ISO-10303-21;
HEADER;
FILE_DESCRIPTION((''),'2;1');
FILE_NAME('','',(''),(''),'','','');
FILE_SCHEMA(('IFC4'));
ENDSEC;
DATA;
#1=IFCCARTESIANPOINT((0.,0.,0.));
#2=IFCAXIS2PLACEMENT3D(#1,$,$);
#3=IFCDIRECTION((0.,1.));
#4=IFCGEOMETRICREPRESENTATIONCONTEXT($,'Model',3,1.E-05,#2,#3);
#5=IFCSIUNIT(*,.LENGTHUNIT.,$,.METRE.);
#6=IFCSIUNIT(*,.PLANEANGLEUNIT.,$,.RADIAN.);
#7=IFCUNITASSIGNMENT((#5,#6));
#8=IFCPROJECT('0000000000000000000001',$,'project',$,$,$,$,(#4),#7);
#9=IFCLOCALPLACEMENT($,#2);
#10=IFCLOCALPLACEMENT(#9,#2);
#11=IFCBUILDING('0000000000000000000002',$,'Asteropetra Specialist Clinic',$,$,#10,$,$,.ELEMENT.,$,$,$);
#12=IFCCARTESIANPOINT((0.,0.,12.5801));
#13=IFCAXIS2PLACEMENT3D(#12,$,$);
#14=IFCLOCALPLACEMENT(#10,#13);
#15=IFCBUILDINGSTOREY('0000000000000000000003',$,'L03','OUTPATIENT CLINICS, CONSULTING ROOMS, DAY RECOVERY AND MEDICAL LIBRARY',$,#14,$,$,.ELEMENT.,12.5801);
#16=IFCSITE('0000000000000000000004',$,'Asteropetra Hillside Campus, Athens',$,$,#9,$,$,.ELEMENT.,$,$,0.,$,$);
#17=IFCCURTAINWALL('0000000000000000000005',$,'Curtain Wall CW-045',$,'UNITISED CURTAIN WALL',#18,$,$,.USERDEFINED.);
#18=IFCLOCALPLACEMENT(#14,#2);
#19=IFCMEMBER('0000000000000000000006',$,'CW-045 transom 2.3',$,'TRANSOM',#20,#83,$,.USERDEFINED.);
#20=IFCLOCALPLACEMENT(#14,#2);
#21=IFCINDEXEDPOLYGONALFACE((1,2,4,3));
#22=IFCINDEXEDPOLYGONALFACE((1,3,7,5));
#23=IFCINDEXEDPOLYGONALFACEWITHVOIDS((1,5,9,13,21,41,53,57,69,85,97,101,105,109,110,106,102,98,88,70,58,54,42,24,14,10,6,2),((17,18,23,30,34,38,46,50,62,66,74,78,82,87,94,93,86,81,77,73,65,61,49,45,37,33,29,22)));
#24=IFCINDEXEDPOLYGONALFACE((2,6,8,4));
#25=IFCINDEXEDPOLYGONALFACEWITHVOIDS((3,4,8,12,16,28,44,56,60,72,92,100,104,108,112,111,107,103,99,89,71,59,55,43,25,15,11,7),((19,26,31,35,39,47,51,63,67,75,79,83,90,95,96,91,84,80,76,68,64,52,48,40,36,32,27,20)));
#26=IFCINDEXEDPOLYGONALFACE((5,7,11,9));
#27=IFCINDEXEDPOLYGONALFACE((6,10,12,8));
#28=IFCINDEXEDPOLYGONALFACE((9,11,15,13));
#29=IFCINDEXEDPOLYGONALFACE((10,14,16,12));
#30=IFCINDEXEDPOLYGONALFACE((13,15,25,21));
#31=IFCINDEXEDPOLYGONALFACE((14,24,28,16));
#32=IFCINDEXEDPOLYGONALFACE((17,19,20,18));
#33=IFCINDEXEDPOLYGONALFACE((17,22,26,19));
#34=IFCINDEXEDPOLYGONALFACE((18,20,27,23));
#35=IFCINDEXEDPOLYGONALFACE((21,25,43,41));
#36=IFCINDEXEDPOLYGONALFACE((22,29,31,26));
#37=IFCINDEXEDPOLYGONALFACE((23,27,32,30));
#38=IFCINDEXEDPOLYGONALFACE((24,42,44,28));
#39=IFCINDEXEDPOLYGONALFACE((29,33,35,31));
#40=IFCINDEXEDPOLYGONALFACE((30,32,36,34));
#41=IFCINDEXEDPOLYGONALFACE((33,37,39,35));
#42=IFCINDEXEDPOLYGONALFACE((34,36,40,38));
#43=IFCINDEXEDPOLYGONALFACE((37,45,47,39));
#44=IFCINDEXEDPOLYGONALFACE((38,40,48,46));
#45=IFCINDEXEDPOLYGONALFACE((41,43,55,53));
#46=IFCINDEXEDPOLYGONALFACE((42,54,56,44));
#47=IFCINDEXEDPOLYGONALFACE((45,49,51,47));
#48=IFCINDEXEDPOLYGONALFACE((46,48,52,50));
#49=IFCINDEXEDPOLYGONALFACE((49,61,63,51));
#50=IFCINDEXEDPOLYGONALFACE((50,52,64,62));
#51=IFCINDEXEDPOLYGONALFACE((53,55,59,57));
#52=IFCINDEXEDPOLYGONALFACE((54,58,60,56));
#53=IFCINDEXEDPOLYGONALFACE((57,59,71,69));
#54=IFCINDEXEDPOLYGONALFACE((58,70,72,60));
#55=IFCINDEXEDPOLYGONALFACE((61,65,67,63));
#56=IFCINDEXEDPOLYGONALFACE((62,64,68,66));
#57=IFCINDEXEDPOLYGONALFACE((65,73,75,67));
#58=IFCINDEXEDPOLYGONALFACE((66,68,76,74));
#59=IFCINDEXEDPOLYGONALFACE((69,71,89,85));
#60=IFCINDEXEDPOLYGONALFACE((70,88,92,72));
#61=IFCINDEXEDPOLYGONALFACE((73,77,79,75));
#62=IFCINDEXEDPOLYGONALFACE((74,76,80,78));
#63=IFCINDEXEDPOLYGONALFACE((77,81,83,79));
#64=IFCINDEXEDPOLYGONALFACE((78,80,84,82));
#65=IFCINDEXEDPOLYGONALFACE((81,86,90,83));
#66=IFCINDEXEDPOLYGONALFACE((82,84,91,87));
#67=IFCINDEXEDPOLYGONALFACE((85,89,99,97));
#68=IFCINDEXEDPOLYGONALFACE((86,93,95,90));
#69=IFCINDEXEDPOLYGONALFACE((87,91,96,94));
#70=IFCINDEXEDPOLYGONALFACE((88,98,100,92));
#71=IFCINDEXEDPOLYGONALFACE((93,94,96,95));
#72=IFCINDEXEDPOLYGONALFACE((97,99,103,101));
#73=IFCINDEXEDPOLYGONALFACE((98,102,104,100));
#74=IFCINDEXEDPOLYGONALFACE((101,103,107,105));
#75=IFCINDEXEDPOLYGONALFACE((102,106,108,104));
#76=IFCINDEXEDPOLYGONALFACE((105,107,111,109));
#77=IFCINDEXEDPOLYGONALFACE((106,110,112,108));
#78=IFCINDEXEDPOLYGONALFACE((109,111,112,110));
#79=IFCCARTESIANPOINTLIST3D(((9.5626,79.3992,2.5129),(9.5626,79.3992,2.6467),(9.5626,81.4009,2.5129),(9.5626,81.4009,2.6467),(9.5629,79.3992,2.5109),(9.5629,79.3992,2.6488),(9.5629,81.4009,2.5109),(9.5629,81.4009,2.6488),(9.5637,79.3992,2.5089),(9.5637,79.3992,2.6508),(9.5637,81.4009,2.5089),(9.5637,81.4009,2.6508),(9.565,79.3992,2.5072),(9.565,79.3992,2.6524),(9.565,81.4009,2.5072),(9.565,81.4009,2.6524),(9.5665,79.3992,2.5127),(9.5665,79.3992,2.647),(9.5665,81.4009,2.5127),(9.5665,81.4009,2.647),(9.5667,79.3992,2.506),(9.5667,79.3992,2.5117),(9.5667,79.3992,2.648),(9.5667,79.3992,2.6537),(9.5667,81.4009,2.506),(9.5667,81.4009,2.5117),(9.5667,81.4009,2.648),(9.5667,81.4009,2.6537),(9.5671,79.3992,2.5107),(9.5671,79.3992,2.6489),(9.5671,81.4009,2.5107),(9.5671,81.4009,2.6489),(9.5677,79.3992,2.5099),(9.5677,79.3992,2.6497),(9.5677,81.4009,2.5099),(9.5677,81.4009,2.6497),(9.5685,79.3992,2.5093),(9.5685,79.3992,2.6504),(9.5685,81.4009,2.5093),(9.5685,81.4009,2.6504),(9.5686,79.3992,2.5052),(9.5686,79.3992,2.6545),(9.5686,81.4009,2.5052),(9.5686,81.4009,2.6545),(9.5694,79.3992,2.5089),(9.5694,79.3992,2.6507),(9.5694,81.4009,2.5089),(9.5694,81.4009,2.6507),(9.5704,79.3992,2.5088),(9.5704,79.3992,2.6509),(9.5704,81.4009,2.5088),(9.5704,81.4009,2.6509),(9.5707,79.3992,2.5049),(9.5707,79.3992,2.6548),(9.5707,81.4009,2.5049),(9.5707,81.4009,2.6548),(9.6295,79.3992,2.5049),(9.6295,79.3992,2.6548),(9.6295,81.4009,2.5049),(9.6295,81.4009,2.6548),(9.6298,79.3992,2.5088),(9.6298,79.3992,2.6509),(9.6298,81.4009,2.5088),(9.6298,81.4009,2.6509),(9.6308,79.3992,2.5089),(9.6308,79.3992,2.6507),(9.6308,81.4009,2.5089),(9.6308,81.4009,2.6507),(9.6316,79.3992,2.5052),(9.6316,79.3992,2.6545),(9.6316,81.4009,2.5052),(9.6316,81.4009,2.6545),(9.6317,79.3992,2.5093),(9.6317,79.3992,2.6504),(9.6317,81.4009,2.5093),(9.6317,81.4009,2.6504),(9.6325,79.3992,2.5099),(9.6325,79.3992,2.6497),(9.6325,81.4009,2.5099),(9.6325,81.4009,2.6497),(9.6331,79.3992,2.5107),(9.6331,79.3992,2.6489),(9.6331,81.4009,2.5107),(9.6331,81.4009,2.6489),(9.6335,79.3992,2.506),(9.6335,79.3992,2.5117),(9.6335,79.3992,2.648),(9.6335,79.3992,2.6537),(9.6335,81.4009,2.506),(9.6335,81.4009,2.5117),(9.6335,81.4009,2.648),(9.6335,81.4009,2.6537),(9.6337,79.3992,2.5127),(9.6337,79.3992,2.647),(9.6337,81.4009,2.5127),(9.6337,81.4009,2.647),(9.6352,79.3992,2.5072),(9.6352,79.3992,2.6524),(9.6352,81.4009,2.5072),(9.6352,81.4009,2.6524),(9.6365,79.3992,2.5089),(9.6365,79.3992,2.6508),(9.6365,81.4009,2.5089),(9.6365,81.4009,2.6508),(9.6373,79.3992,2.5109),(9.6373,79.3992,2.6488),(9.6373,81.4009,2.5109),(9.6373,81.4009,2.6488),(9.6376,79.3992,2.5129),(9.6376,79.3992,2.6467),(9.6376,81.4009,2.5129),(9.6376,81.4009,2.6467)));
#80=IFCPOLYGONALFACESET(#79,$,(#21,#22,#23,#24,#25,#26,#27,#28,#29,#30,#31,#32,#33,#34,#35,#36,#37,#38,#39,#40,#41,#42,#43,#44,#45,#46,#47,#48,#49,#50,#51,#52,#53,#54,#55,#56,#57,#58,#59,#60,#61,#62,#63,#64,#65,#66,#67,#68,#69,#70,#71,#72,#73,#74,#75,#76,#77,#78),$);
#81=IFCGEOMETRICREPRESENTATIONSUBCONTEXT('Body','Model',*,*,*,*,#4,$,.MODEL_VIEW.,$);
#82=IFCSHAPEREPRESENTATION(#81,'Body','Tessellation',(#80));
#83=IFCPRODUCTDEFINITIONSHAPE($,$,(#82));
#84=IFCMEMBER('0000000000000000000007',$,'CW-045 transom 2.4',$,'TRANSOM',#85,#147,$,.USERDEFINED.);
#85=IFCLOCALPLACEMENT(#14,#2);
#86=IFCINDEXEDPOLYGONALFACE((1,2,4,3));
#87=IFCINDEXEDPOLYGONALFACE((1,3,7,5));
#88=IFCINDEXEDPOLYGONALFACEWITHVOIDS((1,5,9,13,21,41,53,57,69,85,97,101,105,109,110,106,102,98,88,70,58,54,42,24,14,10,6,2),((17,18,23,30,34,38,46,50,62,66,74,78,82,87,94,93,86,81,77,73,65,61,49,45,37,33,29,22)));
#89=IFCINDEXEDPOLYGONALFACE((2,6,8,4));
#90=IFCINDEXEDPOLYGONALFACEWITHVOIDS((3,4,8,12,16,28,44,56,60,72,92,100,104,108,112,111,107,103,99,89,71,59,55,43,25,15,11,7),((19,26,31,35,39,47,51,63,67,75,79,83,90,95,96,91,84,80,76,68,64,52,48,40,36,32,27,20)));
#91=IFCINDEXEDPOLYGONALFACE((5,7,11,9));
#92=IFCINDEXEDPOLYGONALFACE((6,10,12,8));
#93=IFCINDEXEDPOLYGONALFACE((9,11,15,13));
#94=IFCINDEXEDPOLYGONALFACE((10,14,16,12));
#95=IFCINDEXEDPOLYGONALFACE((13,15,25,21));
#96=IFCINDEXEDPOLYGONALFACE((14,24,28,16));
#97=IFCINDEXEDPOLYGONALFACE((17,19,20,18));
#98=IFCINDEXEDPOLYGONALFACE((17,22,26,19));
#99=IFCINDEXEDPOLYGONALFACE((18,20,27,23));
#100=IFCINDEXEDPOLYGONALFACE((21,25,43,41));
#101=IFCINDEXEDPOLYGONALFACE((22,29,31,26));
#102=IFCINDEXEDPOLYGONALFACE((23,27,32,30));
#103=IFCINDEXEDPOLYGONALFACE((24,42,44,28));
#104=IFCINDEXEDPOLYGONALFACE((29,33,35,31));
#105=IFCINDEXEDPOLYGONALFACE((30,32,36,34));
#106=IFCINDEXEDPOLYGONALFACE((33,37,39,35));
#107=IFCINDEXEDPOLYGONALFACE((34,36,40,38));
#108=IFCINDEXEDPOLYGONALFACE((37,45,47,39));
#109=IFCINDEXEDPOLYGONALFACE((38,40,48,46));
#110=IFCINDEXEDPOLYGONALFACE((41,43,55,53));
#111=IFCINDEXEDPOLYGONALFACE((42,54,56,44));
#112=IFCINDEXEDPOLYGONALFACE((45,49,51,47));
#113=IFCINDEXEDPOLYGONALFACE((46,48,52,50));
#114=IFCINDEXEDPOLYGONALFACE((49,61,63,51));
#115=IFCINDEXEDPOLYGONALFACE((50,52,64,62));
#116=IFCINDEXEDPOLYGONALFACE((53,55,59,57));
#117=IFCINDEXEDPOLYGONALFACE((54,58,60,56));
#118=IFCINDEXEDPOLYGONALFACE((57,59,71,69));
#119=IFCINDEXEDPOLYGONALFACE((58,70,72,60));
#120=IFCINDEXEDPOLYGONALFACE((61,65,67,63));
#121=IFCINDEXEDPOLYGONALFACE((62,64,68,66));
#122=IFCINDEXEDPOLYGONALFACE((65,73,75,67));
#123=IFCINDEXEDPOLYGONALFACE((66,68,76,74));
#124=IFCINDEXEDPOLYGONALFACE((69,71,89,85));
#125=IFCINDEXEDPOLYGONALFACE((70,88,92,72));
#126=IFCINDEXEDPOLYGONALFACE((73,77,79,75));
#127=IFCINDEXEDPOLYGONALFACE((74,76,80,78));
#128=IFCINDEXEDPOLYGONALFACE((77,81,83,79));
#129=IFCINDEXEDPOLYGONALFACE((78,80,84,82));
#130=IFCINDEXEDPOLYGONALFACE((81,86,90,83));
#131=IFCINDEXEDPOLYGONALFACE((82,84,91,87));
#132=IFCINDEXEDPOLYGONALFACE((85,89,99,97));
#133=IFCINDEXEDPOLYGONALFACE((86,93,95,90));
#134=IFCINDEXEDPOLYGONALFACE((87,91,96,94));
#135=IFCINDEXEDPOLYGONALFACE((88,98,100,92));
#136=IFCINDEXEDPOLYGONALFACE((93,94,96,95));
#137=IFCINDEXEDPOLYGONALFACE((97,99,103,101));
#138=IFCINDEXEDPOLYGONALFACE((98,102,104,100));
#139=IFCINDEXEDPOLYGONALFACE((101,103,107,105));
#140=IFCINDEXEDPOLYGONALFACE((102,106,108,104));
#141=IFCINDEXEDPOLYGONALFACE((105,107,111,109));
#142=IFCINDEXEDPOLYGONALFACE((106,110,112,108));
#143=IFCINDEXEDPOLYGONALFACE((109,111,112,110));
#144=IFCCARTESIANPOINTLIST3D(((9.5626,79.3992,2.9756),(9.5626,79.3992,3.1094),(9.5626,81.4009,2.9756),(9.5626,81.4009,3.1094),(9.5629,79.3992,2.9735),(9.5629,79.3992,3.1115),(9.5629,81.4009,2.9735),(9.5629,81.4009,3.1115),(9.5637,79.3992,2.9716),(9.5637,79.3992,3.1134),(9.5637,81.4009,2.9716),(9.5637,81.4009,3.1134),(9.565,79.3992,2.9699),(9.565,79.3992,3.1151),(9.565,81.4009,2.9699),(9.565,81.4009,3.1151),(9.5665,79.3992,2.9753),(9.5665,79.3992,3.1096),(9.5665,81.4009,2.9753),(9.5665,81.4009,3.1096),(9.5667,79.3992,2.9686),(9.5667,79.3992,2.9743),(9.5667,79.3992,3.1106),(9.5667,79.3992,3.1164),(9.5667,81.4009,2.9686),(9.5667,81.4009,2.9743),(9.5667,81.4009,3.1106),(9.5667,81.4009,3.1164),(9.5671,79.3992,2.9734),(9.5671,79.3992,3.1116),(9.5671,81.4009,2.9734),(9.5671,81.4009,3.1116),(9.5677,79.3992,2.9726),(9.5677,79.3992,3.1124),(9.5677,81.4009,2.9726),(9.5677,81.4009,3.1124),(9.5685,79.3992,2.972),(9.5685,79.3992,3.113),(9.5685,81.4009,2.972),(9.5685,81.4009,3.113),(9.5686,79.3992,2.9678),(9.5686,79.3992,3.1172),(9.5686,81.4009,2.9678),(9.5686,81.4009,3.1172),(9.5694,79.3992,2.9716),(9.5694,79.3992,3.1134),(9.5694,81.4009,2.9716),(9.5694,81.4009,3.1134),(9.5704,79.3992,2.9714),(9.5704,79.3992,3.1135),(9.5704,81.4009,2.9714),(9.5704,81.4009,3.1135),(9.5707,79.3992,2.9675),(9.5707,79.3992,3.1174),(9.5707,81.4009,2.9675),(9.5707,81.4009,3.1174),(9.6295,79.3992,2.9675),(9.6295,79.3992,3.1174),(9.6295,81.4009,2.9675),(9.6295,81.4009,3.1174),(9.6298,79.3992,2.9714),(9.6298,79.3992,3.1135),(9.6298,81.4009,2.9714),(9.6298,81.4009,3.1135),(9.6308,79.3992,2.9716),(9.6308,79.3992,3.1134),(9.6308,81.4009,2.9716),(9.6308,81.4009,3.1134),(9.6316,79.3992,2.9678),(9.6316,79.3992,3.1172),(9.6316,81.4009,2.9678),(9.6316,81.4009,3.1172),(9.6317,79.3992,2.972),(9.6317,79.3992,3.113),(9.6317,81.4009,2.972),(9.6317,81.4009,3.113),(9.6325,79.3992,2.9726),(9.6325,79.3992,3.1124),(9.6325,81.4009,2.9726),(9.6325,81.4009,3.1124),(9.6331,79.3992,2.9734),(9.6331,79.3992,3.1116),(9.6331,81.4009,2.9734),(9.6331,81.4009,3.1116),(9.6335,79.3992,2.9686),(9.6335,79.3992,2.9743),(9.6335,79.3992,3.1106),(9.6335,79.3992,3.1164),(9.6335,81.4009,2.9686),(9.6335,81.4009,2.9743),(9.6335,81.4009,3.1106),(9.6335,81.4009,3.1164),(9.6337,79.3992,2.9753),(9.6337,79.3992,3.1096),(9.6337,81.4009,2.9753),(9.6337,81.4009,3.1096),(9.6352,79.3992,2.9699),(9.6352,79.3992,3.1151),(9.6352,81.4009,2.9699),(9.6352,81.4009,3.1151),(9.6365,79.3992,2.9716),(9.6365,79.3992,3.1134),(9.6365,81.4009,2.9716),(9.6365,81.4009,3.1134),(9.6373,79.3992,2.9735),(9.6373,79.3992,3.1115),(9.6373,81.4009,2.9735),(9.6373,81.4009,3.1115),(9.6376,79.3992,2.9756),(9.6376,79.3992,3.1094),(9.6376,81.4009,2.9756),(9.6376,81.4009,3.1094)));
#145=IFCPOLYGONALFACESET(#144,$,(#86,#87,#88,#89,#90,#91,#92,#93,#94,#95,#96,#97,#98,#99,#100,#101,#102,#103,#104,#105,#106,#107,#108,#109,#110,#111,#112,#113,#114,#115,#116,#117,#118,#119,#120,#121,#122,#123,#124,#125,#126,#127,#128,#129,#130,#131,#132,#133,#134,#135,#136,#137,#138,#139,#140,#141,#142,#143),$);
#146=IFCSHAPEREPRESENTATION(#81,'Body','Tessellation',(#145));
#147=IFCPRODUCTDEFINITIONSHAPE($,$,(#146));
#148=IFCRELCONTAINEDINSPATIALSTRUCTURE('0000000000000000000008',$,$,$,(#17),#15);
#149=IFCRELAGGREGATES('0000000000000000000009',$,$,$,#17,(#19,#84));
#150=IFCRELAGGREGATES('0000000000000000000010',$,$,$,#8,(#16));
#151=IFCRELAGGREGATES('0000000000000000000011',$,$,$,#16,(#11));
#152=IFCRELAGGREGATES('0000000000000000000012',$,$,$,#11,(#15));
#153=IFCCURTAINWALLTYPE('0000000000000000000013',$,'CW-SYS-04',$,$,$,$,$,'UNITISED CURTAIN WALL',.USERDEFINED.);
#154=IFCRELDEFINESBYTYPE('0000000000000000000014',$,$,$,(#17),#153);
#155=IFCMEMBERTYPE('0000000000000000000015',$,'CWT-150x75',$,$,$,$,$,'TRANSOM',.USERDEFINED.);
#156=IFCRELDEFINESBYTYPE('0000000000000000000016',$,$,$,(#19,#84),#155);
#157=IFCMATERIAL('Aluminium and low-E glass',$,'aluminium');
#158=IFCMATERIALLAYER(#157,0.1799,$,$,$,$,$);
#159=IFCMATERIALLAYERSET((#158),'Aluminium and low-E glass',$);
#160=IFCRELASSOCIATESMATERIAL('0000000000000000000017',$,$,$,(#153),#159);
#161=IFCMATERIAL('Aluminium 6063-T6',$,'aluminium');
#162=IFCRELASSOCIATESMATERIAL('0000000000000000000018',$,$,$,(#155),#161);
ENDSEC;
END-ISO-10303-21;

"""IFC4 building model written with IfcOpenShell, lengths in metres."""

from ifc_helpers import new_model, si_unit, direction, frame, origin, origin_2d, place, context, subcontext, project, spatial, hollow_rectangle, extrude, material, layer, layer_set, material_profile, profile_set, type_object, element, aggregate, save


model = new_model("IFC4")

# Units and contexts
model_context = context("Model", 3, precision=1e-05, world=origin(), true_north=direction((0.0, 1.0)))
body_context = subcontext(model_context, "Body", "Model", "MODEL_VIEW")
ifc_project = project(units=[si_unit("LENGTHUNIT", "METRE"), si_unit("PLANEANGLEUNIT", "RADIAN")], contexts=[model_context])

# Site, building, storey
site_placement = place(None, origin())
site = spatial("IfcSite", under=ifc_project, at=site_placement, Name="Asteropetra Hillside Campus, Athens", CompositionType="ELEMENT", RefElevation=0.0)
building_placement = place(site_placement, origin())
building = spatial("IfcBuilding", under=site, at=building_placement, Name="Asteropetra Specialist Clinic", CompositionType="ELEMENT")
storey_placement = place(building_placement, frame((0.0, 0.0, 12.5801)))
storey = spatial("IfcBuildingStorey", under=building, at=storey_placement, Name="L03", Description="OUTPATIENT CLINICS, CONSULTING ROOMS, DAY RECOVERY AND MEDICAL LIBRARY", CompositionType="ELEMENT", Elevation=12.5801)

# Curtain wall, members
ifc_material_1 = material(Name="Aluminium and low-E glass", Category="aluminium")
ifc_layer_1 = layer(ifc_material_1, 0.1799)
ifc_layer_set_1 = layer_set([ifc_layer_1], Name="Aluminium and low-E glass")
curtain_wall_type = type_object("IfcCurtainWallType", Name="CW-SYS-04", ElementType="UNITISED CURTAIN WALL", PredefinedType="USERDEFINED", material=ifc_layer_set_1)
curtain_wall_placement = place(storey_placement, origin())
curtain_wall = element("IfcCurtainWall", 1, at=curtain_wall_placement, inside=storey, type_object=curtain_wall_type, Name="Curtain Wall CW-045", ObjectType="UNITISED CURTAIN WALL", PredefinedType="USERDEFINED")
ifc_material_2 = material(Name="Aluminium 6063-T6", Category="aluminium")
ifc_material_profile_1 = material_profile(ifc_material_2, hollow_rectangle(XDim=0.075, YDim=0.1499, WallThickness=0.0039, InnerFilletRadius=0.0039, OuterFilletRadius=0.0081, at=origin_2d()), Name="TRN 150x75x4.0")
ifc_profile_set_1 = profile_set([ifc_material_profile_1], Name="Aluminium 6063-T6")
member_type_1 = type_object("IfcMemberType", Name="CWT-150x75", ElementType="TRANSOM", PredefinedType="USERDEFINED", material=ifc_profile_set_1)
member_1_placement = place(storey_placement, frame((9.6001, 81.4009, 2.5798), z_axis=(0.0, -1.0, 0.0), x_axis=(1.0, 0.0, 0.0)))
member_1 = element("IfcMember", 2, at=member_1_placement, type_object=member_type_1, Name="CW-045 transom 2.3", ObjectType="TRANSOM", PredefinedType="USERDEFINED", context=body_context, shape_type="SweptSolid", body=[
    extrude(hollow_rectangle(XDim=0.075, YDim=0.1499, WallThickness=0.0039, InnerFilletRadius=0.0039, OuterFilletRadius=0.0081, at=origin_2d()), origin(), (0.0, 0.0, 1.0), 2.0017),
])
member_2_placement = place(storey_placement, frame((9.6001, 81.4009, 3.0425), z_axis=(0.0, -1.0, 0.0), x_axis=(1.0, 0.0, 0.0)))
member_2 = element("IfcMember", 3, at=member_2_placement, type_object=member_type_1, Name="CW-045 transom 2.4", ObjectType="TRANSOM", PredefinedType="USERDEFINED", context=body_context, shape_type="SweptSolid", body=[
    extrude(hollow_rectangle(XDim=0.075, YDim=0.1499, WallThickness=0.0039, InnerFilletRadius=0.0039, OuterFilletRadius=0.0081, at=origin_2d()), origin(), (0.0, 0.0, 1.0), 2.0017),
])
aggregate(curtain_wall, [member_1, member_2])

save(model, "model.ifc")
